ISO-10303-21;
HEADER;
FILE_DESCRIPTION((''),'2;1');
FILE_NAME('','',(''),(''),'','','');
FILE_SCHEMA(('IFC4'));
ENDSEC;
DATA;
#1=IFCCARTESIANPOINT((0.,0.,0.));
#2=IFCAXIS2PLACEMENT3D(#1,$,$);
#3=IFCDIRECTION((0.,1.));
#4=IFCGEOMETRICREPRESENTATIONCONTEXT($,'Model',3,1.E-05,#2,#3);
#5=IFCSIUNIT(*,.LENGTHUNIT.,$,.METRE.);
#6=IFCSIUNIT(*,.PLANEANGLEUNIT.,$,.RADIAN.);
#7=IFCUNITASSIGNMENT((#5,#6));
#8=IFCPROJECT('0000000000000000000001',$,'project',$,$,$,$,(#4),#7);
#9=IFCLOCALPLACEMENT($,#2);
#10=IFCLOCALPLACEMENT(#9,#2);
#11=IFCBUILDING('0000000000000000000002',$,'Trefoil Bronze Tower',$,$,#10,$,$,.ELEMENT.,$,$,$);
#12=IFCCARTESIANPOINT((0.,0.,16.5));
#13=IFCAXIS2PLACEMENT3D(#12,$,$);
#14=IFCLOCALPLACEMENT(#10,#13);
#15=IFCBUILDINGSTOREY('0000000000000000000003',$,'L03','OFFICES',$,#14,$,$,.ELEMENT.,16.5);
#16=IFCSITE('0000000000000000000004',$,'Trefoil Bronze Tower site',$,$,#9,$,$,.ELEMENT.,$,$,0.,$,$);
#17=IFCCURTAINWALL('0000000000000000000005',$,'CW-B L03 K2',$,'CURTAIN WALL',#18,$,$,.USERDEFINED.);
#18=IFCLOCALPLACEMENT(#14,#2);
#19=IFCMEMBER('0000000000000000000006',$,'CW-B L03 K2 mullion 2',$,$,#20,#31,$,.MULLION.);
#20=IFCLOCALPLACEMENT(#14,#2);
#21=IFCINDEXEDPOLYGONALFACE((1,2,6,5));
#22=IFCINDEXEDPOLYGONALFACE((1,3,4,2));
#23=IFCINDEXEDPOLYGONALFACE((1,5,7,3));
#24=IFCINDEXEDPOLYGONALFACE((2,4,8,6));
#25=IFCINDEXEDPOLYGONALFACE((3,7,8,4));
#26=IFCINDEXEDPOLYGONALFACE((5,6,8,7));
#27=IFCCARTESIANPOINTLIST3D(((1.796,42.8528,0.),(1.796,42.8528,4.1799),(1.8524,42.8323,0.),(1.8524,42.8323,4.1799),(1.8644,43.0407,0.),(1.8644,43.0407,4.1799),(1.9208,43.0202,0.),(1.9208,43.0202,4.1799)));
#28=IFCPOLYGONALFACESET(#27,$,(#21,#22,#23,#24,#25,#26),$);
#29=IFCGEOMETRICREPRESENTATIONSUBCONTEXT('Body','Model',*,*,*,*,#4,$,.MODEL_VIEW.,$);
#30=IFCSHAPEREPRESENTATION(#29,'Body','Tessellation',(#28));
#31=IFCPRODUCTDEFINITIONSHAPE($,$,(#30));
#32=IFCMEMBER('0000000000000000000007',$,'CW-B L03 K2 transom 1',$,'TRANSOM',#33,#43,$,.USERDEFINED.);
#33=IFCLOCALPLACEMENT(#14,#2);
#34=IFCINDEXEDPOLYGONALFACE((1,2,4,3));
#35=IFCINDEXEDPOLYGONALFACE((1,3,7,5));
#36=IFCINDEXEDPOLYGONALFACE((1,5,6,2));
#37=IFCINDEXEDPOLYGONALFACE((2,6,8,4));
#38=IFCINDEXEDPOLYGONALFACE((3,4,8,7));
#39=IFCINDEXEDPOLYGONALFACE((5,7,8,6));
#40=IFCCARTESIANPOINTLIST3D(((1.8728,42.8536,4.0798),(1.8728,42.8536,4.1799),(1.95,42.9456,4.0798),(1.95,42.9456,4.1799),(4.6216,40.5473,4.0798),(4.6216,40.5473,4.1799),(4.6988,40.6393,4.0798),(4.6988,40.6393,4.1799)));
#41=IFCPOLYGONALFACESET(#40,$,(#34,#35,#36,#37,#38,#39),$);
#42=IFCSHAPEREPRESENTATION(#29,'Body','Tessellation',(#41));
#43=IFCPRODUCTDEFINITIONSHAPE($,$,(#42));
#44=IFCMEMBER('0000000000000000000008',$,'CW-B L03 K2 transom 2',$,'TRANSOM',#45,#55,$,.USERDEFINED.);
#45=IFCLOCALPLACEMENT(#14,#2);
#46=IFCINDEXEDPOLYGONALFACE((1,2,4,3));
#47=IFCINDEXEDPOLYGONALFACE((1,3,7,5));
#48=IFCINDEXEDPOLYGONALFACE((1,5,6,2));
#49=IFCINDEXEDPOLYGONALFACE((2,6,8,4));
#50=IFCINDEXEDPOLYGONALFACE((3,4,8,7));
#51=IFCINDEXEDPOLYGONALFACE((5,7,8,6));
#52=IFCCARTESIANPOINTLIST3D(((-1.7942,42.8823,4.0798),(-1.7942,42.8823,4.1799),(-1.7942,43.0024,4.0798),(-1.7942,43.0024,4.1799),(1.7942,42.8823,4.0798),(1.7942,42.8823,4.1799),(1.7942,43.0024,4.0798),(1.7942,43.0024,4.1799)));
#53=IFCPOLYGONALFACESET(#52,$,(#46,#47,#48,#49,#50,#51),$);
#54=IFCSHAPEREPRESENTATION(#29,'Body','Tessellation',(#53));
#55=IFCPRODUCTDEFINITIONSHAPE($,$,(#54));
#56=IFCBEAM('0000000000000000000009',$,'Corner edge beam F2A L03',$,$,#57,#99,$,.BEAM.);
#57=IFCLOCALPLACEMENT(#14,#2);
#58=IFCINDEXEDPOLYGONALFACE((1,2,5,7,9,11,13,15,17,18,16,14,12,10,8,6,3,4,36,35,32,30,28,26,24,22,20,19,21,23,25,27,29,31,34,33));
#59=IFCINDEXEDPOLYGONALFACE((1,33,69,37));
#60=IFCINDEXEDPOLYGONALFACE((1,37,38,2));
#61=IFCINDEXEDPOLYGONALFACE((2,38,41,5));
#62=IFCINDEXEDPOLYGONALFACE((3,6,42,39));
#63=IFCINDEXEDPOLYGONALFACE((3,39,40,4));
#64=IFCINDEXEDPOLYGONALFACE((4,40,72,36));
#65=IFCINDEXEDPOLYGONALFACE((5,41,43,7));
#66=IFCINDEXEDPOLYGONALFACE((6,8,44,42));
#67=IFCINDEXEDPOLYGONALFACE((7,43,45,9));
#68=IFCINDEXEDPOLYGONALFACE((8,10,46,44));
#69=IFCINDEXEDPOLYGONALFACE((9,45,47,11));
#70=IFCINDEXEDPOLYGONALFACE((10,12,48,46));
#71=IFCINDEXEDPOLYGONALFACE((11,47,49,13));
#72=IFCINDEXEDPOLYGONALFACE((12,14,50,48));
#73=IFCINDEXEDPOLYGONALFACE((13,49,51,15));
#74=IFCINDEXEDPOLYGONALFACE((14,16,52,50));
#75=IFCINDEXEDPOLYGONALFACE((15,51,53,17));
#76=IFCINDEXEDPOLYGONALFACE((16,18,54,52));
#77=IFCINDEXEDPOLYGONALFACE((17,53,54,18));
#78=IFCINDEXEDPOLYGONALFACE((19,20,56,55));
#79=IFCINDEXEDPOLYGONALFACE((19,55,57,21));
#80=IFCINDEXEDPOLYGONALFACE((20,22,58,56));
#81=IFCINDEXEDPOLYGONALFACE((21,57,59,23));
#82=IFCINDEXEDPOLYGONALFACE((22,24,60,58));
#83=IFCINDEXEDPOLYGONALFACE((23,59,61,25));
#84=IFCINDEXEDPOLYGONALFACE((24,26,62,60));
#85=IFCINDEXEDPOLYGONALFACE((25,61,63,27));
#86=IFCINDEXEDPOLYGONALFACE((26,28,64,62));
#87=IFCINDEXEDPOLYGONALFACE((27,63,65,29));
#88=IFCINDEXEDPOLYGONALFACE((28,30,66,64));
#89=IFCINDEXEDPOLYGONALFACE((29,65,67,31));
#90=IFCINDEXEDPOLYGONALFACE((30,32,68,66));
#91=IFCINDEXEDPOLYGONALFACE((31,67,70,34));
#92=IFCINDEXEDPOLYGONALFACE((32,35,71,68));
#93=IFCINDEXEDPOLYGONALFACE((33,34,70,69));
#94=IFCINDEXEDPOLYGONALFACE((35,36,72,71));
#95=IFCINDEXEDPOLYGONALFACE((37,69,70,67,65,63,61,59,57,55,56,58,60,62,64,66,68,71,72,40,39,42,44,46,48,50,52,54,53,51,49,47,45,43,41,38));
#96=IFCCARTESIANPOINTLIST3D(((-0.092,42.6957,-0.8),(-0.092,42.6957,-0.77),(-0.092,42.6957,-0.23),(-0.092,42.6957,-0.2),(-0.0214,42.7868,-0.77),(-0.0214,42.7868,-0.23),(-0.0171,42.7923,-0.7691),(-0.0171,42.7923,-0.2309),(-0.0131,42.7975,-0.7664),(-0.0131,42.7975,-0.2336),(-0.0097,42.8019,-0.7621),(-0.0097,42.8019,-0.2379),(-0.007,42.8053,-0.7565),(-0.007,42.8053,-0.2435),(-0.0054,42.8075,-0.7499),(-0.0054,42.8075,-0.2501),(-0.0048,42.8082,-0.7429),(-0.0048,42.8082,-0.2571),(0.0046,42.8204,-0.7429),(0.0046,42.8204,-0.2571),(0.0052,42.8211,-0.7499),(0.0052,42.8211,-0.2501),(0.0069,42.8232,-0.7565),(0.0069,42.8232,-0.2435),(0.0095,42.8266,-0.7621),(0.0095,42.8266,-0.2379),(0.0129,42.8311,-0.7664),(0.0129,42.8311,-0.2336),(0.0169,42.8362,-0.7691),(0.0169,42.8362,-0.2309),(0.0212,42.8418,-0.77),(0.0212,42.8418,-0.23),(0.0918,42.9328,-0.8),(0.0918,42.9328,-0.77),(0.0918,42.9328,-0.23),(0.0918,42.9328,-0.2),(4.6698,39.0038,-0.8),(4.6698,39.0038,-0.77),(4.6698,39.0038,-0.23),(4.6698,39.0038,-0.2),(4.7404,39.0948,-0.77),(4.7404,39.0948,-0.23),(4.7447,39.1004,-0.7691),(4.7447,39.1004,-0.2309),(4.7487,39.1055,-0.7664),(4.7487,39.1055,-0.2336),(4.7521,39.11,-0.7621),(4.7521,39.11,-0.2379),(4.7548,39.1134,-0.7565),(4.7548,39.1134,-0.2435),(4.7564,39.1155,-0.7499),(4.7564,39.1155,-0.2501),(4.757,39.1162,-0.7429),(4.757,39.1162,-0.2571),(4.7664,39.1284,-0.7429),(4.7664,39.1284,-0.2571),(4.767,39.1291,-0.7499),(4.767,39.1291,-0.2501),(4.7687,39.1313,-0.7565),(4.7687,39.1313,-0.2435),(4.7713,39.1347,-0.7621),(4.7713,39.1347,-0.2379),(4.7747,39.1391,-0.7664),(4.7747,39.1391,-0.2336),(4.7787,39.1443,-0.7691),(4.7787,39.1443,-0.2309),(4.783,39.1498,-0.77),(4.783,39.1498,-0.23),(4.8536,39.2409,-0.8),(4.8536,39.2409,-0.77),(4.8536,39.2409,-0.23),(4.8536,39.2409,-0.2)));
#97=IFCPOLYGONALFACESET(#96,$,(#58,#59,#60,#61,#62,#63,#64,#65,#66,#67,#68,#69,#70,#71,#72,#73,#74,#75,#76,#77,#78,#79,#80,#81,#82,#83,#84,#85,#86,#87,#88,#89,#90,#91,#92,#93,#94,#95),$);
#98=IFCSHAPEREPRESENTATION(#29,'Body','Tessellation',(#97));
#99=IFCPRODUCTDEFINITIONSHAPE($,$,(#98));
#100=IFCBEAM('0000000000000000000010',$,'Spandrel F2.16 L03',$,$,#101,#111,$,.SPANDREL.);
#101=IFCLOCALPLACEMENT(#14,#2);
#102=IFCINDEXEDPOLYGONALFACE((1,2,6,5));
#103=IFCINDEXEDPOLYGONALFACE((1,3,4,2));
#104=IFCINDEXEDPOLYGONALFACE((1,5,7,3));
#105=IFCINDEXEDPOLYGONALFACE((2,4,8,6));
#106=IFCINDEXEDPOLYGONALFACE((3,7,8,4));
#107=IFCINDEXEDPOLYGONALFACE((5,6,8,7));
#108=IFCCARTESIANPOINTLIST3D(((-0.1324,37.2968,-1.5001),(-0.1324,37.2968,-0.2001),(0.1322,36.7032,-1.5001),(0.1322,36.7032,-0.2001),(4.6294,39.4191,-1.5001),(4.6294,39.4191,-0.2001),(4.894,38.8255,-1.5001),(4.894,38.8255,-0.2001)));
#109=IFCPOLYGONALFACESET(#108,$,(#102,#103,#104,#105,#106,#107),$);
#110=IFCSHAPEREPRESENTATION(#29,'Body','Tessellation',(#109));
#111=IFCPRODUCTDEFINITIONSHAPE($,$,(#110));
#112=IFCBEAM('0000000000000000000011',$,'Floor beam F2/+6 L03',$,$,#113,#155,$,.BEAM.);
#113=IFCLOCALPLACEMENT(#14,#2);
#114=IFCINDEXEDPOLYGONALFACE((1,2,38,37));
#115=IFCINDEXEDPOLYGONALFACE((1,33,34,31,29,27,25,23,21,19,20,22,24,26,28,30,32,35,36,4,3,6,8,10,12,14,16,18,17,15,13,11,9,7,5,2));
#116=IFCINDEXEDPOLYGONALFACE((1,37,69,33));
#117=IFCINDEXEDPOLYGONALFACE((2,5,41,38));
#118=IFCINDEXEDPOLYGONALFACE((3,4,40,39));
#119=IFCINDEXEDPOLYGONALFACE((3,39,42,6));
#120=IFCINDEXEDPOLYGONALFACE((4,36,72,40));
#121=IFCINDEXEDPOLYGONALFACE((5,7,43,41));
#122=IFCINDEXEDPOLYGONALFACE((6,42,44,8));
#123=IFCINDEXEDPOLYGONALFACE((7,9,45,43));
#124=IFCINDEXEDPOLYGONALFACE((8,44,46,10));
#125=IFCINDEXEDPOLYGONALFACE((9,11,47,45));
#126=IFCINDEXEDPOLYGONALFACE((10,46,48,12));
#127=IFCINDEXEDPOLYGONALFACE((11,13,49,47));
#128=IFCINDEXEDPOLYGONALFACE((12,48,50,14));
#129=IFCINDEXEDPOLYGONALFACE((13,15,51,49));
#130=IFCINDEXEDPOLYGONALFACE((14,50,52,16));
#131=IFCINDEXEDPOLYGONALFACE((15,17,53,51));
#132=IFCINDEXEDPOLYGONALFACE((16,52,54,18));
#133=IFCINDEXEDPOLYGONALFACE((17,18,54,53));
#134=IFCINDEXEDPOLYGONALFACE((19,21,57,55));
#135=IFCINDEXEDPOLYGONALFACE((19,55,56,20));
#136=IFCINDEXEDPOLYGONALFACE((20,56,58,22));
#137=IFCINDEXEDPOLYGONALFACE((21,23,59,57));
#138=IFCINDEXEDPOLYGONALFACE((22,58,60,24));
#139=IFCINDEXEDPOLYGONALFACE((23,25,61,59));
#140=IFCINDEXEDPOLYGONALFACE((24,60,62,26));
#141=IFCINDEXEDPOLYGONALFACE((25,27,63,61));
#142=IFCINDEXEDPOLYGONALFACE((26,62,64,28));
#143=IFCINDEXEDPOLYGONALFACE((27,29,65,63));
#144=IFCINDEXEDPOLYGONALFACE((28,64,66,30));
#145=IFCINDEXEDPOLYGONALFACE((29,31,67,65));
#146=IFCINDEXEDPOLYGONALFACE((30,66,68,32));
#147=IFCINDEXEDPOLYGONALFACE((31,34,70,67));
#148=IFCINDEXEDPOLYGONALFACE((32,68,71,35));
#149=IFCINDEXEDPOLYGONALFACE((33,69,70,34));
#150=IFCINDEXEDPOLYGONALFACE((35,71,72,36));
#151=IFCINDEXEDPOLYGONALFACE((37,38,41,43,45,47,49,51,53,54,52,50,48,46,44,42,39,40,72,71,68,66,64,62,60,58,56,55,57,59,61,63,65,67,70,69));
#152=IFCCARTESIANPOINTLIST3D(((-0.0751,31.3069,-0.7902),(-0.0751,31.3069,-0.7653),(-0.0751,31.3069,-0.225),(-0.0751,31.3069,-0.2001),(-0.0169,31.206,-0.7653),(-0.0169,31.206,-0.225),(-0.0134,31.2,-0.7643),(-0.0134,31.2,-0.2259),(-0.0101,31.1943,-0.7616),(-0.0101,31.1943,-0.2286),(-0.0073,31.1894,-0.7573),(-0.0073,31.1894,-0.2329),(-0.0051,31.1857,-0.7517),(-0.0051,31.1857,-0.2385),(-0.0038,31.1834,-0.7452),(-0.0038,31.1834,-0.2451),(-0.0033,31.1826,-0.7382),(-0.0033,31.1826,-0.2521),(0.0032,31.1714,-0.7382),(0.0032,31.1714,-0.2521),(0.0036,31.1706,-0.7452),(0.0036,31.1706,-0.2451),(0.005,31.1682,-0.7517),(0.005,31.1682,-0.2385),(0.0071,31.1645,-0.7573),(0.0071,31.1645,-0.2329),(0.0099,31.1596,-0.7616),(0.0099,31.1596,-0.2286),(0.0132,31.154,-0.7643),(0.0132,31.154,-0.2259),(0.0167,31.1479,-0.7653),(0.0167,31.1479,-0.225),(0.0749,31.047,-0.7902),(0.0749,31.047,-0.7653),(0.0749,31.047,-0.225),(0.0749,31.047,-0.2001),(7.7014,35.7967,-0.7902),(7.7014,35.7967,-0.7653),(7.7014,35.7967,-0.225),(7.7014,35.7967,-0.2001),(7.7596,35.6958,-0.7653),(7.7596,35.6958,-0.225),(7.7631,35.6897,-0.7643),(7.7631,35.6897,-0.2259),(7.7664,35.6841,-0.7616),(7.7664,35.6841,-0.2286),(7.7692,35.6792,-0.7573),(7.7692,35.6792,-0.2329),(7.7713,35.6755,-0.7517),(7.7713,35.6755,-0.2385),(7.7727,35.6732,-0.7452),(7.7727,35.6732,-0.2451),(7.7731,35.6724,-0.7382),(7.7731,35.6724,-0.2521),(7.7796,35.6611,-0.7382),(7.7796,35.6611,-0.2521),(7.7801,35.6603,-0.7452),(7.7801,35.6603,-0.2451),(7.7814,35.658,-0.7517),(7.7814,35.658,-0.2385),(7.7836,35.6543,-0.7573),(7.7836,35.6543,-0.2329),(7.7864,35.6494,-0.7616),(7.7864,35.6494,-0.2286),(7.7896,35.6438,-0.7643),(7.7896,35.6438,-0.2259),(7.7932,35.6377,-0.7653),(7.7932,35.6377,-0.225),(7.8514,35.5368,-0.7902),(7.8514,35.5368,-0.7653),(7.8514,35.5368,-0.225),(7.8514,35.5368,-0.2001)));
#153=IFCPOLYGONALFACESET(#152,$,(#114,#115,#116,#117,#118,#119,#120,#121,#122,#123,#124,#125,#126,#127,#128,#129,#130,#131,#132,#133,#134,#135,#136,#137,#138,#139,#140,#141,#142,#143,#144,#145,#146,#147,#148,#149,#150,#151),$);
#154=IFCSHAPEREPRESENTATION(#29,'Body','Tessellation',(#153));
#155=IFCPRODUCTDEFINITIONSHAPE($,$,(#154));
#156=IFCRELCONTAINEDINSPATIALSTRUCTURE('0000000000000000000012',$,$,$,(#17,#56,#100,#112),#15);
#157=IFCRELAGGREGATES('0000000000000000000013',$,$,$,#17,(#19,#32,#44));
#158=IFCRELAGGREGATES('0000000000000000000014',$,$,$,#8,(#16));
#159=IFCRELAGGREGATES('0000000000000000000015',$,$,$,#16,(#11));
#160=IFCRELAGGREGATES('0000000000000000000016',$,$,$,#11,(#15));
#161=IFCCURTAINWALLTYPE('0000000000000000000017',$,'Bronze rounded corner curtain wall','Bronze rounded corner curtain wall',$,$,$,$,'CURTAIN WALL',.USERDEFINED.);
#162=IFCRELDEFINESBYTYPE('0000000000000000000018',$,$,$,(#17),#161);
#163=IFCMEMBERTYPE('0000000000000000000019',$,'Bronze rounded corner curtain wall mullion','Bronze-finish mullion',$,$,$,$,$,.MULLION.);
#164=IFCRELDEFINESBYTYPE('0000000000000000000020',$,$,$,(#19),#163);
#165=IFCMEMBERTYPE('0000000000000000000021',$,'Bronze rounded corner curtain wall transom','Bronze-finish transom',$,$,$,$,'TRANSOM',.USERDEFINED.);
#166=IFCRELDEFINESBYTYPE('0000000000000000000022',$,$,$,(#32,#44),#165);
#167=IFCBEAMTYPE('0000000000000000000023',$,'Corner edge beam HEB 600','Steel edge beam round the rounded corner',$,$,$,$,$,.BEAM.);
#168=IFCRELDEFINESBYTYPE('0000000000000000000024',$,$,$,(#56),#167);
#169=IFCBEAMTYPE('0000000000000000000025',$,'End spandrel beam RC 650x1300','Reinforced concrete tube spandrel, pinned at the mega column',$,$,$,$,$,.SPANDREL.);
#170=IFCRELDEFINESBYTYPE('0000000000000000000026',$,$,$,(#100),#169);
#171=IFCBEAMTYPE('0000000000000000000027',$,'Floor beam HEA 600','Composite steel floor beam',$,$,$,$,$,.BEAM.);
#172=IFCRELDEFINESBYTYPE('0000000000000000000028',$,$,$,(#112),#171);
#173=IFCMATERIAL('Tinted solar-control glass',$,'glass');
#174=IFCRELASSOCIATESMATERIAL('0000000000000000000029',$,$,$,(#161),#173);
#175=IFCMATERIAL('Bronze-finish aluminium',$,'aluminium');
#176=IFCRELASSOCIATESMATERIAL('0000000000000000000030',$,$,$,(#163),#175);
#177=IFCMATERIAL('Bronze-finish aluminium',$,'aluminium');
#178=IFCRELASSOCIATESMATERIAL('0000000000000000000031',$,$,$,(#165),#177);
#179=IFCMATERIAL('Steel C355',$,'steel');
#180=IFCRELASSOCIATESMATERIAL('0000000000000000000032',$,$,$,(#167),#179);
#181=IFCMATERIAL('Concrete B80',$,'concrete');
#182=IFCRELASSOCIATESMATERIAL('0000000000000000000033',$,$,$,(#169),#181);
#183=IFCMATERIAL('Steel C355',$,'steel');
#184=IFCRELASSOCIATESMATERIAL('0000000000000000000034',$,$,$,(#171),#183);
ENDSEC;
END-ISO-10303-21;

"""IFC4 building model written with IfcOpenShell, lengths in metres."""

from ifc_helpers import new_model, si_unit, direction, frame, origin, origin_2d, place, context, subcontext, project, spatial, rectangle, i_section, extrude, material, material_profile, profile_set, type_object, element, aggregate, save


model = new_model("IFC4")

# Units and contexts
model_context = context("Model", 3, precision=1e-05, world=origin(), true_north=direction((0.0, 1.0)))
body_context = subcontext(model_context, "Body", "Model", "MODEL_VIEW")
ifc_project = project(units=[si_unit("LENGTHUNIT", "METRE"), si_unit("PLANEANGLEUNIT", "RADIAN")], contexts=[model_context])

# Site, building, storey
site_placement = place(None, origin())
site = spatial("IfcSite", under=ifc_project, at=site_placement, Name="Trefoil Bronze Tower site", CompositionType="ELEMENT", RefElevation=0.0)
building_placement = place(site_placement, origin())
building = spatial("IfcBuilding", under=site, at=building_placement, Name="Trefoil Bronze Tower", CompositionType="ELEMENT")
storey_placement = place(building_placement, frame((0.0, 0.0, 16.5)))
storey = spatial("IfcBuildingStorey", under=building, at=storey_placement, Name="L03", Description="OFFICES", CompositionType="ELEMENT", Elevation=16.5)

# Curtain wall, members
ifc_material_1 = material(Name="Tinted solar-control glass", Category="glass")
curtain_wall_type_1 = type_object("IfcCurtainWallType", Name="Bronze rounded corner curtain wall", Description="Bronze rounded corner curtain wall", ElementType="CURTAIN WALL", PredefinedType="USERDEFINED", material=ifc_material_1)
curtain_wall_1_placement = place(storey_placement, origin())
curtain_wall_1 = element("IfcCurtainWall", 1, at=curtain_wall_1_placement, inside=storey, type_object=curtain_wall_type_1, Name="CW-B L03 K2", ObjectType="CURTAIN WALL", PredefinedType="USERDEFINED")
ifc_material_2 = material(Name="Bronze-finish aluminium", Category="aluminium")
ifc_material_profile_1 = material_profile(ifc_material_2, rectangle(XDim=0.2, YDim=0.0601, at=origin_2d()), Name="CW-B mullion")
ifc_profile_set_1 = profile_set([ifc_material_profile_1], Name="Bronze-finish aluminium")
member_type_1 = type_object("IfcMemberType", Name="Bronze rounded corner curtain wall mullion", Description="Bronze-finish mullion", PredefinedType="MULLION", material=ifc_profile_set_1)
member_1_placement = place(storey_placement, frame((1.8584, 42.9365, 0.0), z_axis=(0.0, 0.0, 1.0), x_axis=(-0.34202, -0.939693, 0.0)))
member_1 = element("IfcMember", 2, at=member_1_placement, type_object=member_type_1, Name="CW-B L03 K2 mullion 2", PredefinedType="MULLION", context=body_context, shape_type="SweptSolid", body=[
    extrude(rectangle(XDim=0.2, YDim=0.0601, at=origin_2d()), origin(), (0.0, 0.0, 1.0), 4.1799),
])
ifc_material_3 = material(Name="Bronze-finish aluminium", Category="aluminium")
ifc_material_profile_2 = material_profile(ifc_material_3, rectangle(XDim=0.1201, YDim=0.1001, at=origin_2d()), Name="CW-B transom")
ifc_profile_set_2 = profile_set([ifc_material_profile_2], Name="Bronze-finish aluminium")
member_type_2 = type_object("IfcMemberType", Name="Bronze rounded corner curtain wall transom", Description="Bronze-finish transom", ElementType="TRANSOM", PredefinedType="USERDEFINED", material=ifc_profile_set_2)
member_2_placement = place(storey_placement, frame((4.6602, 40.5933, 4.1299), z_axis=(-0.766059, 0.642771, 0.0), x_axis=(-0.642771, -0.766059, 0.0)))
member_2 = element("IfcMember", 3, at=member_2_placement, type_object=member_type_2, Name="CW-B L03 K2 transom 1", ObjectType="TRANSOM", PredefinedType="USERDEFINED", context=body_context, shape_type="SweptSolid", body=[
    extrude(rectangle(XDim=0.1201, YDim=0.1001, at=origin_2d()), origin(), (0.0, 0.0, 1.0), 3.5881),
])
member_3_placement = place(storey_placement, frame((1.7942, 42.9424, 4.1299), z_axis=(-1.0, 0.0, 0.0), x_axis=(0.0, -1.0, 0.0)))
member_3 = element("IfcMember", 4, at=member_3_placement, type_object=member_type_2, Name="CW-B L03 K2 transom 2", ObjectType="TRANSOM", PredefinedType="USERDEFINED", context=body_context, shape_type="SweptSolid", body=[
    extrude(rectangle(XDim=0.1201, YDim=0.1001, at=origin_2d()), origin(), (0.0, 0.0, 1.0), 3.5884),
])

# Beams
ifc_material_4 = material(Name="Steel C355", Category="steel")
ifc_material_profile_3 = material_profile(ifc_material_4, i_section(OverallWidth=0.3, OverallDepth=0.6001, WebThickness=0.0154, FlangeThickness=0.03, FilletRadius=0.0271, at=origin_2d()), Name="HEB 600")
ifc_profile_set_3 = profile_set([ifc_material_profile_3], Name="Steel C355")
beam_type_1 = type_object("IfcBeamType", Name="Corner edge beam HEB 600", Description="Steel edge beam round the rounded corner", PredefinedType="BEAM", material=ifc_profile_set_3)
beam_1_placement = place(storey_placement, frame((4.7617, 39.1223, -0.5), z_axis=(-0.790289, 0.612734, 0.0), x_axis=(-0.612734, -0.790289, 0.0)))
element("IfcBeam", 5, at=beam_1_placement, inside=storey, type_object=beam_type_1, Name="Corner edge beam F2A L03", PredefinedType="BEAM", context=body_context, shape_type="SweptSolid", body=[
    extrude(i_section(OverallWidth=0.3, OverallDepth=0.6001, WebThickness=0.0154, FlangeThickness=0.03, FilletRadius=0.0271, at=origin_2d()), origin(), (0.0, 0.0, 1.0), 6.0254),
])
ifc_material_5 = material(Name="Concrete B80", Category="concrete")
ifc_material_profile_4 = material_profile(ifc_material_5, rectangle(XDim=0.6499, YDim=1.3, at=origin_2d()), Name="RC 650x1300")
ifc_profile_set_4 = profile_set([ifc_material_profile_4], Name="Concrete B80")
beam_type_2 = type_object("IfcBeamType", Name="End spandrel beam RC 650x1300", Description="Reinforced concrete tube spandrel, pinned at the mega column", PredefinedType="SPANDREL", material=ifc_profile_set_4)
beam_2_placement = place(storey_placement, frame((4.7617, 39.1223, -0.8501), z_axis=(-0.913384, -0.407099, 0.0), x_axis=(0.407099, -0.913384, 0.0)))
element("IfcBeam", 6, at=beam_2_placement, inside=storey, type_object=beam_type_2, Name="Spandrel F2.16 L03", PredefinedType="SPANDREL", context=body_context, shape_type="SweptSolid", body=[
    extrude(rectangle(XDim=0.6499, YDim=1.3, at=origin_2d()), origin(), (0.0, 0.0, 1.0), 5.2134),
])
ifc_material_6 = material(Name="Steel C355", Category="steel")
ifc_material_profile_5 = material_profile(ifc_material_6, i_section(OverallWidth=0.3, OverallDepth=0.5901, WebThickness=0.0129, FlangeThickness=0.0249, FilletRadius=0.0271, at=origin_2d()), Name="HEA 600")
ifc_profile_set_5 = profile_set([ifc_material_profile_5], Name="Steel C355")
beam_type_3 = type_object("IfcBeamType", Name="Floor beam HEA 600", Description="Composite steel floor beam", PredefinedType="BEAM", material=ifc_profile_set_5)
beam_3_placement = place(storey_placement, frame((7.7764, 35.6667, -0.4951), z_axis=(-0.866023, -0.500005, 0.0), x_axis=(0.500005, -0.866023, 0.0)))
element("IfcBeam", 7, at=beam_3_placement, inside=storey, type_object=beam_type_3, Name="Floor beam F2/+6 L03", PredefinedType="BEAM", context=body_context, shape_type="SweptSolid", body=[
    extrude(i_section(OverallWidth=0.3, OverallDepth=0.5901, WebThickness=0.0129, FlangeThickness=0.0249, FilletRadius=0.0271, at=origin_2d()), origin(), (0.0, 0.0, 1.0), 8.9795),
])

aggregate(curtain_wall_1, [member_1, member_2, member_3])

save(model, "model.ifc")
